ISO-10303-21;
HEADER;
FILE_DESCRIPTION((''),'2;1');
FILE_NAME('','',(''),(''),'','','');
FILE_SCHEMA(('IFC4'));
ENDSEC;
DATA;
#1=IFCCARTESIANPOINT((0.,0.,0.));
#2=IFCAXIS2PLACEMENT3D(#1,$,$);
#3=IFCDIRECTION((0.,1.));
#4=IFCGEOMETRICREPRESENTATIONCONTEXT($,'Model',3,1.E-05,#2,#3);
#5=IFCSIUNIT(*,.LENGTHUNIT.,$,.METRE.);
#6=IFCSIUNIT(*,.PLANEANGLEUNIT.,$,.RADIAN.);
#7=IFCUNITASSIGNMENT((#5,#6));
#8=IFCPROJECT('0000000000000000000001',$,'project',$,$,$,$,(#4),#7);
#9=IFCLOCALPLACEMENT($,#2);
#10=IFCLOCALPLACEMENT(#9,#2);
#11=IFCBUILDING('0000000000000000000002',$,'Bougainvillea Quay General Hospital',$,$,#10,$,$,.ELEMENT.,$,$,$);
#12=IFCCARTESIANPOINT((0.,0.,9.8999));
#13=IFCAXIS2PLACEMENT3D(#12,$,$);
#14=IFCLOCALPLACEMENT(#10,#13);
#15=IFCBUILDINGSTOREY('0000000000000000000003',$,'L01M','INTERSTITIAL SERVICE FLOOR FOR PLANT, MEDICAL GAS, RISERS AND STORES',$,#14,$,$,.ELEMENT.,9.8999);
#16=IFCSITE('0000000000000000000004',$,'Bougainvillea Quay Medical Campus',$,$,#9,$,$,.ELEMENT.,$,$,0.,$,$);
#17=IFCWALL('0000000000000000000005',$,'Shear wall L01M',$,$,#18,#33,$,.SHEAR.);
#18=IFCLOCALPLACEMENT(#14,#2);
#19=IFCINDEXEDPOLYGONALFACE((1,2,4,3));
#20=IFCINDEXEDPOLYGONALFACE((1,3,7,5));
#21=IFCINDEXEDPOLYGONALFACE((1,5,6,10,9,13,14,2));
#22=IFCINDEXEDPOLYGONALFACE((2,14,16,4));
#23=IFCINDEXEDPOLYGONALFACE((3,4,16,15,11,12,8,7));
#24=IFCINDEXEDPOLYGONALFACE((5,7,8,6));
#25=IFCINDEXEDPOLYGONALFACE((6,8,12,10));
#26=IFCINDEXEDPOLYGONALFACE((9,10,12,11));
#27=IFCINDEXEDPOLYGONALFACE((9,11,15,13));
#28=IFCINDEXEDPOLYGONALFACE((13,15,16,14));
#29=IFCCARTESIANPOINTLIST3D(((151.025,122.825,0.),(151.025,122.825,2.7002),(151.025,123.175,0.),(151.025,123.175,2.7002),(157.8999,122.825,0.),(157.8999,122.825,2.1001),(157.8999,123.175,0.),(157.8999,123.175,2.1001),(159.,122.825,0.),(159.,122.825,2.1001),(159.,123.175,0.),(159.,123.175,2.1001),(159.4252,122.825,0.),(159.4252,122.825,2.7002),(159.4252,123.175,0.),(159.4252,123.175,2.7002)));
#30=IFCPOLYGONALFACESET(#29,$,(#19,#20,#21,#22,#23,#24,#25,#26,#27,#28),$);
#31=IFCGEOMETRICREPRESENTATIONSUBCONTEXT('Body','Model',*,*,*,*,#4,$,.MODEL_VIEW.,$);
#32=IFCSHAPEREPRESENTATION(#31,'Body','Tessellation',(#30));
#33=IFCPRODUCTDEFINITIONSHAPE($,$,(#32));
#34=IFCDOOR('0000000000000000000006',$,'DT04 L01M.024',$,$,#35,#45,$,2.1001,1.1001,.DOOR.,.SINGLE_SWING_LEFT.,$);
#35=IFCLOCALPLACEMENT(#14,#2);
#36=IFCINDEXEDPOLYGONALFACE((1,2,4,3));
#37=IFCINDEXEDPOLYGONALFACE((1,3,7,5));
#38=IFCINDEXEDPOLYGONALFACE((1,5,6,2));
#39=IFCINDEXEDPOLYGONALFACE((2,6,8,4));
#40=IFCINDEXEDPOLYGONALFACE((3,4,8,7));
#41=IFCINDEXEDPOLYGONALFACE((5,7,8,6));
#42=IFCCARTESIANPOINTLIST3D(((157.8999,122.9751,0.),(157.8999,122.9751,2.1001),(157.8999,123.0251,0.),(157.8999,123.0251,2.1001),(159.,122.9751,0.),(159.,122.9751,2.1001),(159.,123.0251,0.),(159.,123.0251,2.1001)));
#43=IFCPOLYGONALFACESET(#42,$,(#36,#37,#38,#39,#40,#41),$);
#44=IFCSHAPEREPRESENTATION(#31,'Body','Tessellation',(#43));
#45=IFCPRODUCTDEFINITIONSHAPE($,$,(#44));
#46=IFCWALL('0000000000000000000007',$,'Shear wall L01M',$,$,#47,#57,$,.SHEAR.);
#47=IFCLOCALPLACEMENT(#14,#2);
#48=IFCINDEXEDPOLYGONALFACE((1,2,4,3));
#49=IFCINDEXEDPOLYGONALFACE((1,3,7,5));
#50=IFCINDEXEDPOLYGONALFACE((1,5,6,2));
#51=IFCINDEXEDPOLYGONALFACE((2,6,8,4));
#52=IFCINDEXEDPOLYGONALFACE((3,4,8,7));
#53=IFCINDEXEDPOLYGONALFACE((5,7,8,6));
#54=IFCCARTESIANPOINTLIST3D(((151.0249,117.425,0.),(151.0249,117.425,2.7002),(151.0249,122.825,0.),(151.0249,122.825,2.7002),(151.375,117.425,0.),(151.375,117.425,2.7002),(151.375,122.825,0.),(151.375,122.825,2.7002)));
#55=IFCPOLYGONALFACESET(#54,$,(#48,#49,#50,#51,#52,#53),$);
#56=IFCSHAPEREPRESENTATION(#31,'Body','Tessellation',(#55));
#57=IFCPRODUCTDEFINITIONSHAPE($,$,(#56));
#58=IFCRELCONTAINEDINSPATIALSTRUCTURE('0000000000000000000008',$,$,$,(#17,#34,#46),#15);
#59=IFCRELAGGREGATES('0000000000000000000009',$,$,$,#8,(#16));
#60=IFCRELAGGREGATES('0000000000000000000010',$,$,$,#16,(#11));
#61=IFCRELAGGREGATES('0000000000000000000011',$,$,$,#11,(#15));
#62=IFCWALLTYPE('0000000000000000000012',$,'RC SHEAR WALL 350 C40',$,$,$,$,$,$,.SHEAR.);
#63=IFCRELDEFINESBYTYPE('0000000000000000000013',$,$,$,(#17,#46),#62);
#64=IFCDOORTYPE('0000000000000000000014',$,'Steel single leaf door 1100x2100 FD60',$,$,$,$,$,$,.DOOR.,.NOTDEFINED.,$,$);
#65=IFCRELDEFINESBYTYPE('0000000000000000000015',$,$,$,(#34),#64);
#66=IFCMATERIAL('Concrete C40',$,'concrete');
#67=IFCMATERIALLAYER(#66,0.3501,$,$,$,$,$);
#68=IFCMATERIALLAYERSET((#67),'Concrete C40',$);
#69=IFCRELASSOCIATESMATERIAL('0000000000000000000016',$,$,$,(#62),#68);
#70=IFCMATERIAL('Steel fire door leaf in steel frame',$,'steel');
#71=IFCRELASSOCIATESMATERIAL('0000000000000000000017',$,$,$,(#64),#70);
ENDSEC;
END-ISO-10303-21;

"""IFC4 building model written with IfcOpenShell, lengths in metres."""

from ifc_helpers import new_model, si_unit, direction, frame, frame_2d, origin, place, context, subcontext, project, spatial, rectangle, extrude, material, layer, layer_set, type_object, element, fill, save


model = new_model("IFC4")

# Units and contexts
model_context = context("Model", 3, precision=1e-05, world=origin(), true_north=direction((0.0, 1.0)))
body_context = subcontext(model_context, "Body", "Model", "MODEL_VIEW")
ifc_project = project(units=[si_unit("LENGTHUNIT", "METRE"), si_unit("PLANEANGLEUNIT", "RADIAN")], contexts=[model_context])

# Site, building, storey
site_placement = place(None, origin())
site = spatial("IfcSite", under=ifc_project, at=site_placement, Name="Bougainvillea Quay Medical Campus", CompositionType="ELEMENT", RefElevation=0.0)
building_placement = place(site_placement, origin())
building = spatial("IfcBuilding", under=site, at=building_placement, Name="Bougainvillea Quay General Hospital", CompositionType="ELEMENT")
storey_placement = place(building_placement, frame((0.0, 0.0, 9.8999)))
storey = spatial("IfcBuildingStorey", under=building, at=storey_placement, Name="L01M", Description="INTERSTITIAL SERVICE FLOOR FOR PLANT, MEDICAL GAS, RISERS AND STORES", CompositionType="ELEMENT", Elevation=9.8999)

# Shared definitions
ifc_material_1 = material(Name="Concrete C40", Category="concrete")

# Shared definitions
ifc_material_2 = material(Name="Steel fire door leaf in steel frame", Category="steel")

# Shared definitions
ifc_layer_1 = layer(ifc_material_1, 0.3501)
ifc_layer_set_1 = layer_set([ifc_layer_1], Name="Concrete C40")
wall_type_1 = type_object("IfcWallType", Name="RC SHEAR WALL 350 C40", PredefinedType="SHEAR", material=ifc_layer_set_1)

# Wall, opening, door
wall_1_placement = place(storey_placement, frame((151.0249, 123.0, 0.0), z_axis=(0.0, 0.0, 1.0), x_axis=(1.0, 0.0, 0.0)))
wall_1 = element("IfcWall", 1, at=wall_1_placement, inside=storey, type_object=wall_type_1, Name="Shear wall L01M", PredefinedType="SHEAR", context=body_context, shape_type="SweptSolid", body=[
    extrude(rectangle(XDim=8.4001, YDim=0.3501, at=frame_2d((4.2002, 0.0))), origin(), (0.0, 0.0, 1.0), 2.7002),
])
opening_1_placement = place(wall_1_placement, frame((6.875, 0.0, 0.0)))
opening_1 = element("IfcOpeningElement", 2, at=opening_1_placement, cuts=wall_1, PredefinedType="OPENING", context=body_context, shape_type="SweptSolid", body=[
    extrude(rectangle(XDim=1.1001, YDim=2.1001, at=frame_2d((0.55, 1.05))), frame((0.0, 0.1851, 0.0), z_axis=(0.0, -1.0, 0.0), x_axis=(1.0, 0.0, 0.0)), (0.0, 0.0, 1.0), 0.3701),
])
door_type_1 = type_object("IfcDoorType", Name="Steel single leaf door 1100x2100 FD60", OperationType="NOTDEFINED", PredefinedType="DOOR", material=ifc_material_2)
door_1_placement = place(opening_1_placement, frame((1.1001, 0.0, 0.0), z_axis=(0.0, 0.0, 1.0), x_axis=(-1.0, 0.0, 0.0)))
door_1 = element("IfcDoor", 3, at=door_1_placement, inside=storey, type_object=door_type_1, Name="DT04 L01M.024", OperationType="SINGLE_SWING_LEFT", OverallHeight=2.1001, OverallWidth=1.1001, PredefinedType="DOOR", context=body_context, shape_type="SweptSolid", body=[
    extrude(rectangle(XDim=1.1001, YDim=2.1001, at=frame_2d((0.55, 1.05))), frame((0.0, 0.0249, 0.0), z_axis=(0.0, -1.0, 0.0), x_axis=(1.0, 0.0, 0.0)), (0.0, 0.0, 1.0), 0.05),
])
fill(opening_1, door_1)

# Wall
wall_2_placement = place(storey_placement, frame((151.2, 117.425, 0.0), z_axis=(0.0, 0.0, 1.0), x_axis=(0.0, 1.0, 0.0)))
element("IfcWall", 4, at=wall_2_placement, inside=storey, type_object=wall_type_1, Name="Shear wall L01M", PredefinedType="SHEAR", context=body_context, shape_type="SweptSolid", body=[
    extrude(rectangle(XDim=5.3999, YDim=0.3501, at=frame_2d((2.7, 0.0))), origin(), (0.0, 0.0, 1.0), 2.7002),
])

save(model, "model.ifc")
